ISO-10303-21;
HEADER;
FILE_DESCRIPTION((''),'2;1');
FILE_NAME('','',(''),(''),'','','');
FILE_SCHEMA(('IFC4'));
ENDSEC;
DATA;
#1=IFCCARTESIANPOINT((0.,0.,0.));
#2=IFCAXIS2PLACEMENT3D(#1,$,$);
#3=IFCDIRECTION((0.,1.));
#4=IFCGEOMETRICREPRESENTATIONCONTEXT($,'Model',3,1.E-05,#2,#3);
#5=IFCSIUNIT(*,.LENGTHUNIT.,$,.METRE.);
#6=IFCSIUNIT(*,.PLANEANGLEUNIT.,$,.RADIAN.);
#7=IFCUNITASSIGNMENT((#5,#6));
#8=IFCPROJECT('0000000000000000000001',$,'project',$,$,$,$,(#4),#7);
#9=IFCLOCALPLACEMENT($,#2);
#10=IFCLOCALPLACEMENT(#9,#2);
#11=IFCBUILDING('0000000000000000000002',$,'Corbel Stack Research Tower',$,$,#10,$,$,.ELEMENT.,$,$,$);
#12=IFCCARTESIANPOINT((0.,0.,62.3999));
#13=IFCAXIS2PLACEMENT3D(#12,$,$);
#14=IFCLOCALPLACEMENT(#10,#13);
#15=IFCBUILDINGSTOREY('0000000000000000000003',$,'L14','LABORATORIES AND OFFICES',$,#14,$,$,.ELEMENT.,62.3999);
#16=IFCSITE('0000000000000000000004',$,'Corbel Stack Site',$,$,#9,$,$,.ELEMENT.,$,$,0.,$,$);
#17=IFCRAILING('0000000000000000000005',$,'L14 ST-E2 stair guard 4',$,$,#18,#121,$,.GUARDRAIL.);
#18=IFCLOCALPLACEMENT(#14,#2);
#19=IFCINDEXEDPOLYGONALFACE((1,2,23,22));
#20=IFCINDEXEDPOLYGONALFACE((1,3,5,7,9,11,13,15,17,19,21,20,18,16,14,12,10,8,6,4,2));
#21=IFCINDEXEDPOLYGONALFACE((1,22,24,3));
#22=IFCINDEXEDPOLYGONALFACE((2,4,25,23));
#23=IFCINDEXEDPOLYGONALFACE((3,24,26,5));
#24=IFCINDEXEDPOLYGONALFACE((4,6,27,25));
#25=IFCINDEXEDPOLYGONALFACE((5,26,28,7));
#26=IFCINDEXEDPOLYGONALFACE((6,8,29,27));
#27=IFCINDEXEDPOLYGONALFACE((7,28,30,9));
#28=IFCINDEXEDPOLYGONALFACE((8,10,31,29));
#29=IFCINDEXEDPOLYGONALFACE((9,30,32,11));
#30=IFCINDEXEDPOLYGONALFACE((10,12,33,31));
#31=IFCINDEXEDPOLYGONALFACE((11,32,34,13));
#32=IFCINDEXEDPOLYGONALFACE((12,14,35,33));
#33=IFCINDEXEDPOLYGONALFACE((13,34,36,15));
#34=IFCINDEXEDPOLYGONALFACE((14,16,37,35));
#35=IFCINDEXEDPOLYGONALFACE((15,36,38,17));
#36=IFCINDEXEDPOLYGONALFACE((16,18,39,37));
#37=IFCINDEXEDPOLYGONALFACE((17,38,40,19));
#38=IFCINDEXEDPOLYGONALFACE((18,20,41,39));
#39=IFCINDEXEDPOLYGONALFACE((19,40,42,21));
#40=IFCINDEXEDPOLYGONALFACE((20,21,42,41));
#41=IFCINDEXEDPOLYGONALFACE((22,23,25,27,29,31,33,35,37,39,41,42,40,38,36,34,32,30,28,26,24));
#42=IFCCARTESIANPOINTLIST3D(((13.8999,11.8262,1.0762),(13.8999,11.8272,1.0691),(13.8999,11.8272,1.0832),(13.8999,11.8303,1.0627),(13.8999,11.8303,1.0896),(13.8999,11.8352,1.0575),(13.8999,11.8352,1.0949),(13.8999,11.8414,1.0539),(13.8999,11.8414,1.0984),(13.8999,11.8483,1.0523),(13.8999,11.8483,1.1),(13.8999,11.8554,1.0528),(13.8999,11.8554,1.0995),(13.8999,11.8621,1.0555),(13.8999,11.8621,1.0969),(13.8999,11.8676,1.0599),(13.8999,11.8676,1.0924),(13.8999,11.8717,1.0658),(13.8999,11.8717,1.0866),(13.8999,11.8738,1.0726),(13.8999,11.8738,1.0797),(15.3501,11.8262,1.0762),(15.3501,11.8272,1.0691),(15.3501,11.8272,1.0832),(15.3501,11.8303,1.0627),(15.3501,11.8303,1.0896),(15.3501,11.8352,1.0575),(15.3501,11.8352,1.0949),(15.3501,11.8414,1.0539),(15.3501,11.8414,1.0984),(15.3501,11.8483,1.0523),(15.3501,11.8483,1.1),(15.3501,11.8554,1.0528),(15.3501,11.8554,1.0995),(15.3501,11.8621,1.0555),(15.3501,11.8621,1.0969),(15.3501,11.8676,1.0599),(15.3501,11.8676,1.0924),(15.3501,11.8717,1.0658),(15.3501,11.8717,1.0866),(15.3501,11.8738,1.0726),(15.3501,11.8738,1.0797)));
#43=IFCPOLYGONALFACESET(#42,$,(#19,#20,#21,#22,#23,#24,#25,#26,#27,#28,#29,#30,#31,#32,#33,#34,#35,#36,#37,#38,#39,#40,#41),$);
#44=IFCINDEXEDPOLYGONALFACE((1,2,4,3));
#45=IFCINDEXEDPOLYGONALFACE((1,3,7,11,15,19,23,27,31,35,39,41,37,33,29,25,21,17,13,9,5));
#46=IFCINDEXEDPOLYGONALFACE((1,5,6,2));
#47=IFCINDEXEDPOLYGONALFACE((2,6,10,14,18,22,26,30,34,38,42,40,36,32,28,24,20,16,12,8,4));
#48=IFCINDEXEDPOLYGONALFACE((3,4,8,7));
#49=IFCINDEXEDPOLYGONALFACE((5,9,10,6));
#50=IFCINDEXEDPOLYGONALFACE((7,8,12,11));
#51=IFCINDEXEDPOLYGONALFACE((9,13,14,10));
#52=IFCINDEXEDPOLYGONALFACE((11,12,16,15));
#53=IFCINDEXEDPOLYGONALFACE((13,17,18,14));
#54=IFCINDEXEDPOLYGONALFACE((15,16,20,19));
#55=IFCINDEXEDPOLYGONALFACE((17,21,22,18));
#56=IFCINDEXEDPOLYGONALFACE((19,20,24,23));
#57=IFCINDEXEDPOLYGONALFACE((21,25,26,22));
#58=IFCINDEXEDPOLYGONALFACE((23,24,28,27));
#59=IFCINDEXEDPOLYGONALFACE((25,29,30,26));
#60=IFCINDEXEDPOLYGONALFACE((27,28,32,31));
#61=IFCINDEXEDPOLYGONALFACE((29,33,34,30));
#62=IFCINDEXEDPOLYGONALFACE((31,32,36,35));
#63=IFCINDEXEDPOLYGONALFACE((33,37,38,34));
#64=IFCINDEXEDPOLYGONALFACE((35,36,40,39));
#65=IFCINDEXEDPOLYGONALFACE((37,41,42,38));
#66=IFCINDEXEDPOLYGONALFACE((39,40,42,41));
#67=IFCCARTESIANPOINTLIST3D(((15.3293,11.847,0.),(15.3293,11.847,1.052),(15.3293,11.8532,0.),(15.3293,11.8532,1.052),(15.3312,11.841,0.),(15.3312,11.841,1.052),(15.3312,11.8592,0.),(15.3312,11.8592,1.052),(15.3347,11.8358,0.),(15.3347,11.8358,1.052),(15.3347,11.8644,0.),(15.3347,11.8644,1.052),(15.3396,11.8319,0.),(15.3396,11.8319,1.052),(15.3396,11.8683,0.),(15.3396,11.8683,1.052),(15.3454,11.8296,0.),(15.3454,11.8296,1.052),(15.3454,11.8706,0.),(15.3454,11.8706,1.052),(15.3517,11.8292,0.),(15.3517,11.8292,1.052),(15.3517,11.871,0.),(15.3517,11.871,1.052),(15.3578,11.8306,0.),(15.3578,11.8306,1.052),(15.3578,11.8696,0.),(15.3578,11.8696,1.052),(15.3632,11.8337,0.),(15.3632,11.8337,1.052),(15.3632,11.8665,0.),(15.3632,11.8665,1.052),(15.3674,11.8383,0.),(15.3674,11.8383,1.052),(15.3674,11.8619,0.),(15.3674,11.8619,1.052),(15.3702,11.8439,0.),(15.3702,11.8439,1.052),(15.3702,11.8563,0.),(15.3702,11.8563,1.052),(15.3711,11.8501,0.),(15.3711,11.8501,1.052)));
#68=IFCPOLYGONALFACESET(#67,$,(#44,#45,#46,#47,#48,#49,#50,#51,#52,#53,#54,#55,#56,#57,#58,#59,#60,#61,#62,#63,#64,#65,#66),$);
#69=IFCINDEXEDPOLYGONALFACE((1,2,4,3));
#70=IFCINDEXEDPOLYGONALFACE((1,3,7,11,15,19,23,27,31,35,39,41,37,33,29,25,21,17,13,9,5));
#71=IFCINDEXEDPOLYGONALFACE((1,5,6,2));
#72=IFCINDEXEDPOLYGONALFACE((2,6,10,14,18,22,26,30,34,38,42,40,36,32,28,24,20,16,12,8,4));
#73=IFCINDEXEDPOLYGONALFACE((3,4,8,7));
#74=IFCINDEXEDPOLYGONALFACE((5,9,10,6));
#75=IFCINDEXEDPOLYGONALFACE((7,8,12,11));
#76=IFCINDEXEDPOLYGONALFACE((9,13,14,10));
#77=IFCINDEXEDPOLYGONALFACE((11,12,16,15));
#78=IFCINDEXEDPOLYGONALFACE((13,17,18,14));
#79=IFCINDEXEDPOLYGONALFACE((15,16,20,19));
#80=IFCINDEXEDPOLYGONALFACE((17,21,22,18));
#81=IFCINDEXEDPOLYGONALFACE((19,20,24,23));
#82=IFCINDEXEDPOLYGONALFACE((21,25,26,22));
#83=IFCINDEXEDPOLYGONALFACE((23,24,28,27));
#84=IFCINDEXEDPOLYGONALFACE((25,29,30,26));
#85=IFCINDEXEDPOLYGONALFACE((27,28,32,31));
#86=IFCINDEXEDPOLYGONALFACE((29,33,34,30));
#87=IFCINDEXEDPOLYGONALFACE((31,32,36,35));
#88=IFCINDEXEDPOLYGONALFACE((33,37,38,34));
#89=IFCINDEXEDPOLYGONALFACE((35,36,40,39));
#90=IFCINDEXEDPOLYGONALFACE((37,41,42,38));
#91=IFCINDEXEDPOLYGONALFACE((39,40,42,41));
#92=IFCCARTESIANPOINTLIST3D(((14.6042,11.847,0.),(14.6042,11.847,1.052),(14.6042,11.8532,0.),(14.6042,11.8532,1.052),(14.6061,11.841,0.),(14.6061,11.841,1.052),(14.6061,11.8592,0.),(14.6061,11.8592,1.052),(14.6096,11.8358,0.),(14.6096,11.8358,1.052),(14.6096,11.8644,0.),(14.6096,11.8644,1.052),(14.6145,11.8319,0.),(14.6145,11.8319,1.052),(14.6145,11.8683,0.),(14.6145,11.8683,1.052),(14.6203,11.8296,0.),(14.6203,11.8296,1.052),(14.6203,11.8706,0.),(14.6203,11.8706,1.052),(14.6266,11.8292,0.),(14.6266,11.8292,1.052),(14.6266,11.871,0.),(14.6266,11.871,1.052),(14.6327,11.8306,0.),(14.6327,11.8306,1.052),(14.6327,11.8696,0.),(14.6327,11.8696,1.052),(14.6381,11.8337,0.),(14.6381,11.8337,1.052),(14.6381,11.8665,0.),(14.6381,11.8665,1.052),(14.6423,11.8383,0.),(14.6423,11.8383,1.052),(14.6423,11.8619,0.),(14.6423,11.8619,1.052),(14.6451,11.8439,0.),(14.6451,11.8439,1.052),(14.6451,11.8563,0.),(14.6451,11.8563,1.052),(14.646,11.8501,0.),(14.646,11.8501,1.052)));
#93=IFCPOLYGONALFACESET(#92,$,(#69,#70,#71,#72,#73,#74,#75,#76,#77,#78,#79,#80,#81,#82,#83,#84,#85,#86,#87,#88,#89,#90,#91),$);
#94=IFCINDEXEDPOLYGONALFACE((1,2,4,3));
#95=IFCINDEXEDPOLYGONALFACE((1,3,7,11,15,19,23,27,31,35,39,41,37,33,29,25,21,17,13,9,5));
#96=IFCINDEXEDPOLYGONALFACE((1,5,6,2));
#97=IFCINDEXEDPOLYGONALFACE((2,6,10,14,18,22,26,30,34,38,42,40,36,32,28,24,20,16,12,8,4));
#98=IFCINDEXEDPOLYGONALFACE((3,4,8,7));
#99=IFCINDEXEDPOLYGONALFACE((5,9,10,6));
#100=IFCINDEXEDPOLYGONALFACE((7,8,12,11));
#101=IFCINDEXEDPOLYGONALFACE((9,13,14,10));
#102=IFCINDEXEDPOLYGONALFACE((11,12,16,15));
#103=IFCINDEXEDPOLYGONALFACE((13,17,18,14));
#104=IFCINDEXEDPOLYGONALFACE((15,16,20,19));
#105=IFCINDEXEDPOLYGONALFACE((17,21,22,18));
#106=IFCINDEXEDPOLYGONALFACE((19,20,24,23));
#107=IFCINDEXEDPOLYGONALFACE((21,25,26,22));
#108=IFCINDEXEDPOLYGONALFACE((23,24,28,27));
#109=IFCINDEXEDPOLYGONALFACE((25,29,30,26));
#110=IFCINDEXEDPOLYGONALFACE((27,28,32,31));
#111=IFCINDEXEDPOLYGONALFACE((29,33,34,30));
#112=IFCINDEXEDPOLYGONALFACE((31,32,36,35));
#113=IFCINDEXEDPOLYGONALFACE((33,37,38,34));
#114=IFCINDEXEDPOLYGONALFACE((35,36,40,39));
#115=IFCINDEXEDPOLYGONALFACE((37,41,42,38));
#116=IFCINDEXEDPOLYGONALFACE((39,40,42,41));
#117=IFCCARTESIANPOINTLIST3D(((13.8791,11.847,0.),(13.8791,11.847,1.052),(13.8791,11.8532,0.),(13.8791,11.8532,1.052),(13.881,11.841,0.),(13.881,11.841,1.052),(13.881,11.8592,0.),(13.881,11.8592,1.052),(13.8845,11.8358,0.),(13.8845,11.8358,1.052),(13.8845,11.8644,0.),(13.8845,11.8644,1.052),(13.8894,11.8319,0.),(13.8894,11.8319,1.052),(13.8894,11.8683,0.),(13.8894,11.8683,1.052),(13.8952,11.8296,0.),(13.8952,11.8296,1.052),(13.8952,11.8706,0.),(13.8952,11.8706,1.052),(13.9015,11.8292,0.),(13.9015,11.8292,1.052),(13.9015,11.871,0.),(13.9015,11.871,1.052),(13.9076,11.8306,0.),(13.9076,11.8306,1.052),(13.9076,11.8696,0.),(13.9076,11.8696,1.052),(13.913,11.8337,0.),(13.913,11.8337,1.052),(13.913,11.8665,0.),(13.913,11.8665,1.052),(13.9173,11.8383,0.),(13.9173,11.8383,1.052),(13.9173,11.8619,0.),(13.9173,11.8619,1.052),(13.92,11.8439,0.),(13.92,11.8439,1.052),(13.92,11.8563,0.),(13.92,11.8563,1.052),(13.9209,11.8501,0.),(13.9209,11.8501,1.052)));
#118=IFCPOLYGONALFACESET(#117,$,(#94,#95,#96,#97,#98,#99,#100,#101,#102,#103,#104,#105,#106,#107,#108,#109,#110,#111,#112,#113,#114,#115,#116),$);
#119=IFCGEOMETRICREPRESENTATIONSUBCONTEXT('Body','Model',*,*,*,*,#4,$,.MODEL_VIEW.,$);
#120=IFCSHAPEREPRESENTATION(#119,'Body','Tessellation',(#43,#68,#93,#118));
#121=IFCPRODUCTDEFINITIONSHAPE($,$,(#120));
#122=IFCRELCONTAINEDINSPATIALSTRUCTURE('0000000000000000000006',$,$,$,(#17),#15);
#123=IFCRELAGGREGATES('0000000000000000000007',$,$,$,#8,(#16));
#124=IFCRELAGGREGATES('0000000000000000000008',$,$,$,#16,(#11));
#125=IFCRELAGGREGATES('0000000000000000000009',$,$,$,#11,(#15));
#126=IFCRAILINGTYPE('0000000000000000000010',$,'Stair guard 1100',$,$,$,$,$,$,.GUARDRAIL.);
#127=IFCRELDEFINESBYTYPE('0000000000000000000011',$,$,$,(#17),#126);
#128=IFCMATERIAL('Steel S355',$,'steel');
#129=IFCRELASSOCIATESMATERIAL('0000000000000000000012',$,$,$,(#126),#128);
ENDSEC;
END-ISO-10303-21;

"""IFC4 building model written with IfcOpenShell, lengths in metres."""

from ifc_helpers import new_model, si_unit, direction, frame, origin, origin_2d, place, context, subcontext, project, spatial, circle, extrude, material, type_object, element, save


model = new_model("IFC4")

# Units and contexts
model_context = context("Model", 3, precision=1e-05, world=origin(), true_north=direction((0.0, 1.0)))
body_context = subcontext(model_context, "Body", "Model", "MODEL_VIEW")
ifc_project = project(units=[si_unit("LENGTHUNIT", "METRE"), si_unit("PLANEANGLEUNIT", "RADIAN")], contexts=[model_context])

# Site, building, storey
site_placement = place(None, origin())
site = spatial("IfcSite", under=ifc_project, at=site_placement, Name="Corbel Stack Site", CompositionType="ELEMENT", RefElevation=0.0)
building_placement = place(site_placement, origin())
building = spatial("IfcBuilding", under=site, at=building_placement, Name="Corbel Stack Research Tower", CompositionType="ELEMENT")
storey_placement = place(building_placement, frame((0.0, 0.0, 62.3999)))
storey = spatial("IfcBuildingStorey", under=building, at=storey_placement, Name="L14", Description="LABORATORIES AND OFFICES", CompositionType="ELEMENT", Elevation=62.3999)

# Railing
ifc_material_1 = material(Name="Steel S355", Category="steel")
railing_type_1 = type_object("IfcRailingType", Name="Stair guard 1100", PredefinedType="GUARDRAIL", material=ifc_material_1)
railing_1_placement = place(storey_placement, frame((15.3501, 11.8501, 0.0)))
element("IfcRailing", 1, at=railing_1_placement, inside=storey, type_object=railing_type_1, Name="L14 ST-E2 stair guard 4", PredefinedType="GUARDRAIL", context=body_context, shape_type="SweptSolid", body=[
    extrude(circle(Radius=0.0239, at=origin_2d()), frame((0.0, 0.0, 1.0762), z_axis=(-1.0, 0.0, 0.0), x_axis=(0.0, -1.0, 0.0)), (0.0, 0.0, 1.0), 1.4502),
    extrude(circle(Radius=0.021, at=origin_2d()), origin(), (0.0, 0.0, 1.0), 1.052),
    extrude(circle(Radius=0.021, at=origin_2d()), frame((-0.7251, 0.0, 0.0)), (0.0, 0.0, 1.0), 1.052),
    extrude(circle(Radius=0.021, at=origin_2d()), frame((-1.4502, 0.0, 0.0)), (0.0, 0.0, 1.0), 1.052),
])

save(model, "model.ifc")
